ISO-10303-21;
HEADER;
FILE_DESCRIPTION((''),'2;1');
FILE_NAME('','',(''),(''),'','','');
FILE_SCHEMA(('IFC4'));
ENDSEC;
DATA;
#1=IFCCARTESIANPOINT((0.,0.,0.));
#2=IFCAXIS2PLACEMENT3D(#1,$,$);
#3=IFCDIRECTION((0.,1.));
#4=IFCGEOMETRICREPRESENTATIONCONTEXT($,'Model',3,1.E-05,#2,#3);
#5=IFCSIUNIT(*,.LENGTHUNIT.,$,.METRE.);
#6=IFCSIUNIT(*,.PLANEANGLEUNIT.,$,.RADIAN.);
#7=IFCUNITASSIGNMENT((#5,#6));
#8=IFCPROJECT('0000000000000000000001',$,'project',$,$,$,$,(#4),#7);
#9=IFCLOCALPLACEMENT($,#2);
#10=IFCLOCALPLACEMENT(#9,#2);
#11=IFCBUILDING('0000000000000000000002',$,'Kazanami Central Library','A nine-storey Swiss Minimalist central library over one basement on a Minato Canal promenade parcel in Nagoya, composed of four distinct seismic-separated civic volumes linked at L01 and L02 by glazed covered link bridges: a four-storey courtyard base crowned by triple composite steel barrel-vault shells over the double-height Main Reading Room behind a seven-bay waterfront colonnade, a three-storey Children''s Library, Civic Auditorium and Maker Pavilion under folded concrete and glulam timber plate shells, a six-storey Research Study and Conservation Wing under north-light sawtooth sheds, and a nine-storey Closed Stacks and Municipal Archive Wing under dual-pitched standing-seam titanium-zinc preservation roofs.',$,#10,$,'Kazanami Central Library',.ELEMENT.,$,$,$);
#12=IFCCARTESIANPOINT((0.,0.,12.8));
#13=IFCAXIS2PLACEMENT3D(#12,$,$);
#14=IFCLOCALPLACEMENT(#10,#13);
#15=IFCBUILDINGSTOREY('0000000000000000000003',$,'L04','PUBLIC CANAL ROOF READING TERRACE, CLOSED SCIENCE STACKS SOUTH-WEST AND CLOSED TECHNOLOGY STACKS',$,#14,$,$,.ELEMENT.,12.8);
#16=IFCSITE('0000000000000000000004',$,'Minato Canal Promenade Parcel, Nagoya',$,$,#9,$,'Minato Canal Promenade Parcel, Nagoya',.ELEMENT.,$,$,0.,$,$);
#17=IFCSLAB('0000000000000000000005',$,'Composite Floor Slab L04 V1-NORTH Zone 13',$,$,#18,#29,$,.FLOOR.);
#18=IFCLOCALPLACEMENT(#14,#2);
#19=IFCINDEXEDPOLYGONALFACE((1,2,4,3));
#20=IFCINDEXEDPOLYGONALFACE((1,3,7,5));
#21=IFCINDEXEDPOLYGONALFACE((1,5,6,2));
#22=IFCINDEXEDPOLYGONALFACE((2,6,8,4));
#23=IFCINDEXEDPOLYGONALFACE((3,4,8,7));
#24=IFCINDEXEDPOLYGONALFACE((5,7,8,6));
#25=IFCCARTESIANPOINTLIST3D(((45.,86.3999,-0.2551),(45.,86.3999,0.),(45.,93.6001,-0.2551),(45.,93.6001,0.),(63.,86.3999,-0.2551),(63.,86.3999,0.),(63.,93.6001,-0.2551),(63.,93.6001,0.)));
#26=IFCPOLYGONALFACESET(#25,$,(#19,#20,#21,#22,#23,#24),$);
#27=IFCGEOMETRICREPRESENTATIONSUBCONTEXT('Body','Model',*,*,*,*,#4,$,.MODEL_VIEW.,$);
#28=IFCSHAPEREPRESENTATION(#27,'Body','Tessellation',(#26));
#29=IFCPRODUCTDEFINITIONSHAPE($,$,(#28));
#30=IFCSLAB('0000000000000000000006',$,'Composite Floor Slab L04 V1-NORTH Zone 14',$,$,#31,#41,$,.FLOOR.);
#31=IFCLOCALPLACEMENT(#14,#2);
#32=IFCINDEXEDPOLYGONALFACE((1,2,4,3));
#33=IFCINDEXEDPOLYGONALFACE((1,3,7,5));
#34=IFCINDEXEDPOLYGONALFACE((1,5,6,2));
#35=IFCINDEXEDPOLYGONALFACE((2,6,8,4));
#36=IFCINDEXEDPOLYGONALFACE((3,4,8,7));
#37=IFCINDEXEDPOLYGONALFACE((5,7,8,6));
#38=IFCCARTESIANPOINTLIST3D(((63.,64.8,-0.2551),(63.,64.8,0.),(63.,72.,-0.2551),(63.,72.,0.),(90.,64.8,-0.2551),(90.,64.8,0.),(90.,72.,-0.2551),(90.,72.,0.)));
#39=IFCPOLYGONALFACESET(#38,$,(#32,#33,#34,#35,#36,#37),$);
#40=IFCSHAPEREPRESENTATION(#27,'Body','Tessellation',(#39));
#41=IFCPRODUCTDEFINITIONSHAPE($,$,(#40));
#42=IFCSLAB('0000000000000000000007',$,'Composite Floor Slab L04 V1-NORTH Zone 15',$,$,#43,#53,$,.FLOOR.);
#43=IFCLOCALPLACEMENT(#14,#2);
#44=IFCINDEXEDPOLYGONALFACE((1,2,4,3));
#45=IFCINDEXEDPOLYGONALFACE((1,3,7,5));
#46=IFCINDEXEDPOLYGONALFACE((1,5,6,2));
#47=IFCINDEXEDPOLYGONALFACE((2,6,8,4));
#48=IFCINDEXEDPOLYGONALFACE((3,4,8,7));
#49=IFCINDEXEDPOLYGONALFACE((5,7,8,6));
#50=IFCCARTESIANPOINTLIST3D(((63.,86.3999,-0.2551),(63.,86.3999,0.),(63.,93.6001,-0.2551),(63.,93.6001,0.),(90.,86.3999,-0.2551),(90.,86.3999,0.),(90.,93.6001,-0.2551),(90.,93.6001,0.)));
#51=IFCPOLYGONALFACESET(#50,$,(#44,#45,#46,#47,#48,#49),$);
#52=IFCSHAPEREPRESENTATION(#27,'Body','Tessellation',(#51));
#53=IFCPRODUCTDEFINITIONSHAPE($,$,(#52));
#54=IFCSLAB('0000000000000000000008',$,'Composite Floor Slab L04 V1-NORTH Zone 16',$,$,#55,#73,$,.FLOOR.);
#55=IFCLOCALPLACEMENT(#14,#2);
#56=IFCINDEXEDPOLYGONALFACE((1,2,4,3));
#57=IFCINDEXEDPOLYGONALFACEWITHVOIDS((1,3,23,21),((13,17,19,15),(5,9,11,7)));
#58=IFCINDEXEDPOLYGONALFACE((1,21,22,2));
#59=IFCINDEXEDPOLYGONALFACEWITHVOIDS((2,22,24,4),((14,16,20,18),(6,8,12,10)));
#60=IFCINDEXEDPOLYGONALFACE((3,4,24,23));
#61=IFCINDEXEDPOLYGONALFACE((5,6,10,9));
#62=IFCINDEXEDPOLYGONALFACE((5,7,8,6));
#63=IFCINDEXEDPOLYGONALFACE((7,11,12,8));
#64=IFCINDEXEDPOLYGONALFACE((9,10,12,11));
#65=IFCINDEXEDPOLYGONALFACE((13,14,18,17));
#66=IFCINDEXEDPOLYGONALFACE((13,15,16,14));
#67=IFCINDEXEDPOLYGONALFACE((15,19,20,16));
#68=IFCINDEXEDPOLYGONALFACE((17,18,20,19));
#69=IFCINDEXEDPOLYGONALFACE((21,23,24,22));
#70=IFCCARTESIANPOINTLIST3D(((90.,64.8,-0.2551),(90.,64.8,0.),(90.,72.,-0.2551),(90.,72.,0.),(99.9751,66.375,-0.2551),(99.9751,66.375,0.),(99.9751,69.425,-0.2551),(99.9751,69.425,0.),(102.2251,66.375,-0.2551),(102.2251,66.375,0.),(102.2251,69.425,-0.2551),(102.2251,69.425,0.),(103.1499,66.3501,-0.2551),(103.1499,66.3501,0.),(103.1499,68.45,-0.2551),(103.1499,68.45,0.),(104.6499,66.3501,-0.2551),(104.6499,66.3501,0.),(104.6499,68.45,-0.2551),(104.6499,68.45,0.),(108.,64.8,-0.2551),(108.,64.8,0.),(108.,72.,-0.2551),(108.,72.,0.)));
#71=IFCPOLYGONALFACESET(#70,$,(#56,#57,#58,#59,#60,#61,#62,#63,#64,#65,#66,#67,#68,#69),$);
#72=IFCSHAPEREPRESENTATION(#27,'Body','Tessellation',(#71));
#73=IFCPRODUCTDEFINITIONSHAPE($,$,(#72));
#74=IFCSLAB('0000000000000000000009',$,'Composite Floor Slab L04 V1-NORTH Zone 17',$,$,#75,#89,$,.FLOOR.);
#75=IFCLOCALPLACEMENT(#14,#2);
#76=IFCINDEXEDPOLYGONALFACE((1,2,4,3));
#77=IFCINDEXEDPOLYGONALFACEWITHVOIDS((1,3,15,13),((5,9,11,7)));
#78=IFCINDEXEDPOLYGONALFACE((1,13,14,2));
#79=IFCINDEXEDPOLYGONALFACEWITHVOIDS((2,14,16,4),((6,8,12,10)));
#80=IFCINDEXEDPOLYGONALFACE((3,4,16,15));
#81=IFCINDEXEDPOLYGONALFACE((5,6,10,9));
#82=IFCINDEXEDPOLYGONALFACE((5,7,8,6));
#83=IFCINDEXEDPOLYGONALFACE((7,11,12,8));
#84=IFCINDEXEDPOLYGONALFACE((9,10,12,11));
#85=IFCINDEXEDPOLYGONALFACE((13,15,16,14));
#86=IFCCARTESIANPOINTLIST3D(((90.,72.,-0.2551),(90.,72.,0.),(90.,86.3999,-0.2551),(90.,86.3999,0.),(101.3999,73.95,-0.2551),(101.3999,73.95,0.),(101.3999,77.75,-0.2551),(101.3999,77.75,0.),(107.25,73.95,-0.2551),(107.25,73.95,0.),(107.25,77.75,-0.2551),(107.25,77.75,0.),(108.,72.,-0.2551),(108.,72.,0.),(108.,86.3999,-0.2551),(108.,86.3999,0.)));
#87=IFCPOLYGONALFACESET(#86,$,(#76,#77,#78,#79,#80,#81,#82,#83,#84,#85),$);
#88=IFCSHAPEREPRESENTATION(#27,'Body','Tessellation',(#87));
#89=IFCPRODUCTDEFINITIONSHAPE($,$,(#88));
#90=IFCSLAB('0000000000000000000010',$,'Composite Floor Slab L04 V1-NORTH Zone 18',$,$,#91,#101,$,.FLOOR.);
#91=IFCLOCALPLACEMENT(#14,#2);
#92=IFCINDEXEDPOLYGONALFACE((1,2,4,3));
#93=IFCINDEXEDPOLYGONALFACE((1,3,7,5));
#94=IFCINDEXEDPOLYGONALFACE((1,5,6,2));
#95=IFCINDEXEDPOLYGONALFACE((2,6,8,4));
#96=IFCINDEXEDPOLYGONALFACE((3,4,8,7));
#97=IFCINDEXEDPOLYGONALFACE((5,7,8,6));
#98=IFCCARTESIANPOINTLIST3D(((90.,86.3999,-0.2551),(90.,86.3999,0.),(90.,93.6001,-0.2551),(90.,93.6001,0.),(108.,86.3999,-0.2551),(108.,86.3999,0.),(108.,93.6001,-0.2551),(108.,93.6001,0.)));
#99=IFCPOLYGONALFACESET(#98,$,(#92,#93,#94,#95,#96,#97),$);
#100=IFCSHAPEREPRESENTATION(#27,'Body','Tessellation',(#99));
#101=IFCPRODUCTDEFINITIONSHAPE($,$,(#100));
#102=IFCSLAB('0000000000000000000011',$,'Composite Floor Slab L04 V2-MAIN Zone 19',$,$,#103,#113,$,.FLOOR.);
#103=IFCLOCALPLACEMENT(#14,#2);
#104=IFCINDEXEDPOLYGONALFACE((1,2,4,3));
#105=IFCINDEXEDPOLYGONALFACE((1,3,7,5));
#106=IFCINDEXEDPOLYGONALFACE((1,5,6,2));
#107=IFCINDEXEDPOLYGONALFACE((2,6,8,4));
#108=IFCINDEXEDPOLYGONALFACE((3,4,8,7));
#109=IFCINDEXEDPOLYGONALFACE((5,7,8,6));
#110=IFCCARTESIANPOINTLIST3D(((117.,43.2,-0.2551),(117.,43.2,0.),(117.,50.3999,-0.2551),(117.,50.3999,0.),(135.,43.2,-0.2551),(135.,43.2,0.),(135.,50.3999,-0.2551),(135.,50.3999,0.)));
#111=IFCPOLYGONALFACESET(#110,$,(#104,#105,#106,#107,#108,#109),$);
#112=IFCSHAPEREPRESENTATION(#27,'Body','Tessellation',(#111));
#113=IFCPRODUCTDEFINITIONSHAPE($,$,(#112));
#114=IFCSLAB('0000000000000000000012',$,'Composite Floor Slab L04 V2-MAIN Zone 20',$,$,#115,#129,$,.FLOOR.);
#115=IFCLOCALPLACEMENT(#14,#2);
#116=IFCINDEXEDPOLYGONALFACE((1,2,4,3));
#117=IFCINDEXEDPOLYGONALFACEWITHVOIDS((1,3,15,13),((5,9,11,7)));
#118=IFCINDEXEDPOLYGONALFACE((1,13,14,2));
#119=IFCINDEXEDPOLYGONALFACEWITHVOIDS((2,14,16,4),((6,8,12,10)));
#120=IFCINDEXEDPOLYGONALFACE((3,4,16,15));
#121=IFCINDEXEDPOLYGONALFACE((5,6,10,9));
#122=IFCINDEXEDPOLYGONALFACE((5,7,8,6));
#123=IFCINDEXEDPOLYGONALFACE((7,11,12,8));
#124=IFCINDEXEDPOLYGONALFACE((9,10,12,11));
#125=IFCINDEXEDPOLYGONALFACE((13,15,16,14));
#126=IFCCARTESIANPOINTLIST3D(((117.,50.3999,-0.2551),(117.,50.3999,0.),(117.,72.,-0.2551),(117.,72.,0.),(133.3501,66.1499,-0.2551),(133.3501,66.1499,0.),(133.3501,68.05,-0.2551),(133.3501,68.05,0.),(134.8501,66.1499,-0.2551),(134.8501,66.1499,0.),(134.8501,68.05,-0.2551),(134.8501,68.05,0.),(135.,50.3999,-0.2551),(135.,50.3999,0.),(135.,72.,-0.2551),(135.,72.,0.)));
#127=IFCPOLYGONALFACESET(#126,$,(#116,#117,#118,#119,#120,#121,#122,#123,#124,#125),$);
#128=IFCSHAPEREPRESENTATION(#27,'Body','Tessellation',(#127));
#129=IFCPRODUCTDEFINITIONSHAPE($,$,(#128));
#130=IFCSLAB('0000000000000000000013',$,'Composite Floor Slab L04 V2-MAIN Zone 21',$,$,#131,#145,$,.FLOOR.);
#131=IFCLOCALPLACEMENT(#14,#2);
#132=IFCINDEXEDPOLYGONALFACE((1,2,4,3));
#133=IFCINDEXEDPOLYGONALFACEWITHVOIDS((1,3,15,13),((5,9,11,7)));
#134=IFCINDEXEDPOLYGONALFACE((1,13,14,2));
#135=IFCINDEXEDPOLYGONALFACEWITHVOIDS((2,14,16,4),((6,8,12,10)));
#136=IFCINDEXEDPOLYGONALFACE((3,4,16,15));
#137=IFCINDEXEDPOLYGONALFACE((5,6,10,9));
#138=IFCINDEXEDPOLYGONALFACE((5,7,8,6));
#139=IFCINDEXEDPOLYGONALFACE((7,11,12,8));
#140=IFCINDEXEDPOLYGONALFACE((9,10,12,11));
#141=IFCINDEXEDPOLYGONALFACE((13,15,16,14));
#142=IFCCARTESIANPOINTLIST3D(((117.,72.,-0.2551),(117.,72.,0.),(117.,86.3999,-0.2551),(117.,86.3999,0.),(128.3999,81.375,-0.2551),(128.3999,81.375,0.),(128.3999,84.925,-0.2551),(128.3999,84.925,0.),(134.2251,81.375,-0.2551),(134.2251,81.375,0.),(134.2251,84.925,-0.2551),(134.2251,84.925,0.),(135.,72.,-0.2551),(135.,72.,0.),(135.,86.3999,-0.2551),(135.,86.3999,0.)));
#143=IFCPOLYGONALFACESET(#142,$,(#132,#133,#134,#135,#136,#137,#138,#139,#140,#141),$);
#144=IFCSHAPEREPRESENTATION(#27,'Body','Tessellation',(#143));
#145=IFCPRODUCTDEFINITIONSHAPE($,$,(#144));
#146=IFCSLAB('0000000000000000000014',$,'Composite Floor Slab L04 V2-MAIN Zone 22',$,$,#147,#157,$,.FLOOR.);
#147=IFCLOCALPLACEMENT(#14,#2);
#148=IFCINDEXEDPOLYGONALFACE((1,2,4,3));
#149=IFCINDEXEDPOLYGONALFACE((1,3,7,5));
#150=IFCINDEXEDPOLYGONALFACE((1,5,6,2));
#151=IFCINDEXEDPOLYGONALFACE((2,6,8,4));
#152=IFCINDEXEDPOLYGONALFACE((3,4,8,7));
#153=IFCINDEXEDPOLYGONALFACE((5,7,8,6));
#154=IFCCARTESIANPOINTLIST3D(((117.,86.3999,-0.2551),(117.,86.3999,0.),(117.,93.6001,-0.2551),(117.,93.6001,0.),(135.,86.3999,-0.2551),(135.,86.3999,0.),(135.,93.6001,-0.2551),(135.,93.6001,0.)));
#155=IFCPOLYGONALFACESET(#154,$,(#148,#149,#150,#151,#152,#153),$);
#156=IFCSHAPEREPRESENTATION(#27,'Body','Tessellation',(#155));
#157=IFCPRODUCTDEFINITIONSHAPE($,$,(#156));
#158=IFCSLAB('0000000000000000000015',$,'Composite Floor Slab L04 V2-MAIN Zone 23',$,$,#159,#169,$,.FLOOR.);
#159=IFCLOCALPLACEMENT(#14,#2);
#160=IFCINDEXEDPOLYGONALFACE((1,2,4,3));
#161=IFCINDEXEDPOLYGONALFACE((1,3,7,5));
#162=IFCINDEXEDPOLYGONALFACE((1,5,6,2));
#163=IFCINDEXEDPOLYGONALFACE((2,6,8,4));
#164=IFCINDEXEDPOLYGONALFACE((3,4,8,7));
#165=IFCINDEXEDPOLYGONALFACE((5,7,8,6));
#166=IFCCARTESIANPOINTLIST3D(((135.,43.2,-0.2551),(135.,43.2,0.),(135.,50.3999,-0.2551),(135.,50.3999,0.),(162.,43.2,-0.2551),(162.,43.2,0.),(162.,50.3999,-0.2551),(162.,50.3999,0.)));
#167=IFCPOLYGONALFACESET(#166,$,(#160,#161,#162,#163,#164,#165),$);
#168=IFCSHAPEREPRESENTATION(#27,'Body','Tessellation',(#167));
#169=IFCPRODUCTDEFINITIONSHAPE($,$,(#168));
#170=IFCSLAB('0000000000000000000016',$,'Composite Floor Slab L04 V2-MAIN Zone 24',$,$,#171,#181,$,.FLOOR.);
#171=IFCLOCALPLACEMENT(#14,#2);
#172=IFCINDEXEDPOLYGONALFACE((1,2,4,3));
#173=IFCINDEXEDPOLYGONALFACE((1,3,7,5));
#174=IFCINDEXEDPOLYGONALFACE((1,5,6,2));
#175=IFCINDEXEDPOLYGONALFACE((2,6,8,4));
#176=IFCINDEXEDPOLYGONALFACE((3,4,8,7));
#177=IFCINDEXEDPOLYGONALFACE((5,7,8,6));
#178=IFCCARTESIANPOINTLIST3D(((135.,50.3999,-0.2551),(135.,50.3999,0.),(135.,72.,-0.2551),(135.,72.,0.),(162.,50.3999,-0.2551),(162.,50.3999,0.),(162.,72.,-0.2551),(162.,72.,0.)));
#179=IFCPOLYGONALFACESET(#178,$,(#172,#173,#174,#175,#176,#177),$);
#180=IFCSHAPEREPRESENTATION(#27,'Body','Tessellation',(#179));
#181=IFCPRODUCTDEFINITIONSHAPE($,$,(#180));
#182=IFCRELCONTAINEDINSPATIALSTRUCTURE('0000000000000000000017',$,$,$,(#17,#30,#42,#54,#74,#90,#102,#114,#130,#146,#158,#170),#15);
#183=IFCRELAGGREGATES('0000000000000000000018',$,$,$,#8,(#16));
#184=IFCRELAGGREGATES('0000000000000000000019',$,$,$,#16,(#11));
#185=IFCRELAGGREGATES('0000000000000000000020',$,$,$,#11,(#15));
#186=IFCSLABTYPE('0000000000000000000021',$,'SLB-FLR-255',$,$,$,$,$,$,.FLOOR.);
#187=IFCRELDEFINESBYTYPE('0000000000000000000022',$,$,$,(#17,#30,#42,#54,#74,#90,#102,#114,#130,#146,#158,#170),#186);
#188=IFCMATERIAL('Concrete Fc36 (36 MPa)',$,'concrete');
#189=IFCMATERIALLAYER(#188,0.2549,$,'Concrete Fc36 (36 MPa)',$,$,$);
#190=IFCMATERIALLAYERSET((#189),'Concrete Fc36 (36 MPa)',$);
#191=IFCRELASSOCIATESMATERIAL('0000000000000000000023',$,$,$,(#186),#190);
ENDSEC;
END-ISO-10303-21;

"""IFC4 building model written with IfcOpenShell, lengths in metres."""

from ifc_helpers import new_model, si_unit, direction, frame, origin, place, context, subcontext, project, spatial, polyline, outline, extrude, material, layer, layer_set, type_object, element, save


model = new_model("IFC4")

# Units and contexts
model_context = context("Model", 3, precision=1e-05, world=origin(), true_north=direction((0.0, 1.0)))
body_context = subcontext(model_context, "Body", "Model", "MODEL_VIEW")
ifc_project = project(units=[si_unit("LENGTHUNIT", "METRE"), si_unit("PLANEANGLEUNIT", "RADIAN")], contexts=[model_context])

# Site, building, storey
site_placement = place(None, origin())
site = spatial("IfcSite", under=ifc_project, at=site_placement, Name="Minato Canal Promenade Parcel, Nagoya", LongName="Minato Canal Promenade Parcel, Nagoya", CompositionType="ELEMENT", RefElevation=0.0)
building_placement = place(site_placement, origin())
building = spatial("IfcBuilding", under=site, at=building_placement, Name="Kazanami Central Library", Description="A nine-storey Swiss Minimalist central library over one basement on a Minato Canal promenade parcel in Nagoya, composed of four distinct seismic-separated civic volumes linked at L01 and L02 by glazed covered link bridges: a four-storey courtyard base crowned by triple composite steel barrel-vault shells over the double-height Main Reading Room behind a seven-bay waterfront colonnade, a three-storey Children's Library, Civic Auditorium and Maker Pavilion under folded concrete and glulam timber plate shells, a six-storey Research Study and Conservation Wing under north-light sawtooth sheds, and a nine-storey Closed Stacks and Municipal Archive Wing under dual-pitched standing-seam titanium-zinc preservation roofs.", LongName="Kazanami Central Library", CompositionType="ELEMENT")
storey_placement = place(building_placement, frame((0.0, 0.0, 12.8)))
storey = spatial("IfcBuildingStorey", under=building, at=storey_placement, Name="L04", Description="PUBLIC CANAL ROOF READING TERRACE, CLOSED SCIENCE STACKS SOUTH-WEST AND CLOSED TECHNOLOGY STACKS", CompositionType="ELEMENT", Elevation=12.8)

# Slabs
ifc_material = material(Name="Concrete Fc36 (36 MPa)", Category="concrete")
ifc_layer_1 = layer(ifc_material, 0.2549, Name="Concrete Fc36 (36 MPa)")
ifc_layer_set_1 = layer_set([ifc_layer_1], Name="Concrete Fc36 (36 MPa)")
slab_type_1 = type_object("IfcSlabType", Name="SLB-FLR-255", PredefinedType="FLOOR", material=ifc_layer_set_1)
slab_1_placement = place(storey_placement, frame((0.0, 0.0, -0.2551)))
element("IfcSlab", 1, at=slab_1_placement, inside=storey, type_object=slab_type_1, Name="Composite Floor Slab L04 V1-NORTH Zone 13", PredefinedType="FLOOR", context=body_context, shape_type="SweptSolid", body=[
    extrude(outline(polyline([(45.0, 86.3999), (63.0, 86.3999), (63.0, 93.6001), (45.0, 93.6001), (45.0, 86.3999)])), origin(), (0.0, 0.0, 1.0), 0.2551),
])
slab_2_placement = place(storey_placement, frame((0.0, 0.0, -0.2551)))
element("IfcSlab", 2, at=slab_2_placement, inside=storey, type_object=slab_type_1, Name="Composite Floor Slab L04 V1-NORTH Zone 14", PredefinedType="FLOOR", context=body_context, shape_type="SweptSolid", body=[
    extrude(outline(polyline([(63.0, 64.8), (90.0, 64.8), (90.0, 72.0), (63.0, 72.0), (63.0, 64.8)])), origin(), (0.0, 0.0, 1.0), 0.2551),
])
slab_3_placement = place(storey_placement, frame((0.0, 0.0, -0.2551)))
element("IfcSlab", 3, at=slab_3_placement, inside=storey, type_object=slab_type_1, Name="Composite Floor Slab L04 V1-NORTH Zone 15", PredefinedType="FLOOR", context=body_context, shape_type="SweptSolid", body=[
    extrude(outline(polyline([(63.0, 86.3999), (90.0, 86.3999), (90.0, 93.6001), (63.0, 93.6001), (63.0, 86.3999)])), origin(), (0.0, 0.0, 1.0), 0.2551),
])
slab_4_placement = place(storey_placement, frame((0.0, 0.0, -0.2551)))
element("IfcSlab", 4, at=slab_4_placement, inside=storey, type_object=slab_type_1, Name="Composite Floor Slab L04 V1-NORTH Zone 16", PredefinedType="FLOOR", context=body_context, shape_type="SweptSolid", body=[
    extrude(outline(polyline([(90.0, 64.8), (108.0, 64.8), (108.0, 72.0), (90.0, 72.0), (90.0, 64.8)]), holes=[polyline([(99.9751, 66.375), (102.2251, 66.375), (102.2251, 69.425), (99.9751, 69.425), (99.9751, 66.375)]), polyline([(103.1499, 66.3501), (104.6499, 66.3501), (104.6499, 68.45), (103.1499, 68.45), (103.1499, 66.3501)])]), origin(), (0.0, 0.0, 1.0), 0.2551),
])
slab_5_placement = place(storey_placement, frame((0.0, 0.0, -0.2551)))
element("IfcSlab", 5, at=slab_5_placement, inside=storey, type_object=slab_type_1, Name="Composite Floor Slab L04 V1-NORTH Zone 17", PredefinedType="FLOOR", context=body_context, shape_type="SweptSolid", body=[
    extrude(outline(polyline([(90.0, 72.0), (108.0, 72.0), (108.0, 86.3999), (90.0, 86.3999), (90.0, 72.0)]), holes=[polyline([(101.3999, 73.95), (107.25, 73.95), (107.25, 77.75), (101.3999, 77.75), (101.3999, 73.95)])]), origin(), (0.0, 0.0, 1.0), 0.2551),
])
slab_6_placement = place(storey_placement, frame((0.0, 0.0, -0.2551)))
element("IfcSlab", 6, at=slab_6_placement, inside=storey, type_object=slab_type_1, Name="Composite Floor Slab L04 V1-NORTH Zone 18", PredefinedType="FLOOR", context=body_context, shape_type="SweptSolid", body=[
    extrude(outline(polyline([(90.0, 86.3999), (108.0, 86.3999), (108.0, 93.6001), (90.0, 93.6001), (90.0, 86.3999)])), origin(), (0.0, 0.0, 1.0), 0.2551),
])
slab_7_placement = place(storey_placement, frame((0.0, 0.0, -0.2551)))
element("IfcSlab", 7, at=slab_7_placement, inside=storey, type_object=slab_type_1, Name="Composite Floor Slab L04 V2-MAIN Zone 19", PredefinedType="FLOOR", context=body_context, shape_type="SweptSolid", body=[
    extrude(outline(polyline([(117.0, 43.2), (135.0, 43.2), (135.0, 50.3999), (117.0, 50.3999), (117.0, 43.2)])), origin(), (0.0, 0.0, 1.0), 0.2551),
])
slab_8_placement = place(storey_placement, frame((0.0, 0.0, -0.2551)))
element("IfcSlab", 8, at=slab_8_placement, inside=storey, type_object=slab_type_1, Name="Composite Floor Slab L04 V2-MAIN Zone 20", PredefinedType="FLOOR", context=body_context, shape_type="SweptSolid", body=[
    extrude(outline(polyline([(117.0, 50.3999), (135.0, 50.3999), (135.0, 72.0), (117.0, 72.0), (117.0, 50.3999)]), holes=[polyline([(133.3501, 66.1499), (134.8501, 66.1499), (134.8501, 68.05), (133.3501, 68.05), (133.3501, 66.1499)])]), origin(), (0.0, 0.0, 1.0), 0.2551),
])
slab_9_placement = place(storey_placement, frame((0.0, 0.0, -0.2551)))
element("IfcSlab", 9, at=slab_9_placement, inside=storey, type_object=slab_type_1, Name="Composite Floor Slab L04 V2-MAIN Zone 21", PredefinedType="FLOOR", context=body_context, shape_type="SweptSolid", body=[
    extrude(outline(polyline([(117.0, 72.0), (135.0, 72.0), (135.0, 86.3999), (117.0, 86.3999), (117.0, 72.0)]), holes=[polyline([(128.3999, 81.375), (134.2251, 81.375), (134.2251, 84.925), (128.3999, 84.925), (128.3999, 81.375)])]), origin(), (0.0, 0.0, 1.0), 0.2551),
])
slab_10_placement = place(storey_placement, frame((0.0, 0.0, -0.2551)))
element("IfcSlab", 10, at=slab_10_placement, inside=storey, type_object=slab_type_1, Name="Composite Floor Slab L04 V2-MAIN Zone 22", PredefinedType="FLOOR", context=body_context, shape_type="SweptSolid", body=[
    extrude(outline(polyline([(117.0, 86.3999), (135.0, 86.3999), (135.0, 93.6001), (117.0, 93.6001), (117.0, 86.3999)])), origin(), (0.0, 0.0, 1.0), 0.2551),
])
slab_11_placement = place(storey_placement, frame((0.0, 0.0, -0.2551)))
element("IfcSlab", 11, at=slab_11_placement, inside=storey, type_object=slab_type_1, Name="Composite Floor Slab L04 V2-MAIN Zone 23", PredefinedType="FLOOR", context=body_context, shape_type="SweptSolid", body=[
    extrude(outline(polyline([(135.0, 43.2), (162.0, 43.2), (162.0, 50.3999), (135.0, 50.3999), (135.0, 43.2)])), origin(), (0.0, 0.0, 1.0), 0.2551),
])
slab_12_placement = place(storey_placement, frame((0.0, 0.0, -0.2551)))
element("IfcSlab", 12, at=slab_12_placement, inside=storey, type_object=slab_type_1, Name="Composite Floor Slab L04 V2-MAIN Zone 24", PredefinedType="FLOOR", context=body_context, shape_type="SweptSolid", body=[
    extrude(outline(polyline([(135.0, 50.3999), (162.0, 50.3999), (162.0, 72.0), (135.0, 72.0), (135.0, 50.3999)])), origin(), (0.0, 0.0, 1.0), 0.2551),
])

save(model, "model.ifc")
